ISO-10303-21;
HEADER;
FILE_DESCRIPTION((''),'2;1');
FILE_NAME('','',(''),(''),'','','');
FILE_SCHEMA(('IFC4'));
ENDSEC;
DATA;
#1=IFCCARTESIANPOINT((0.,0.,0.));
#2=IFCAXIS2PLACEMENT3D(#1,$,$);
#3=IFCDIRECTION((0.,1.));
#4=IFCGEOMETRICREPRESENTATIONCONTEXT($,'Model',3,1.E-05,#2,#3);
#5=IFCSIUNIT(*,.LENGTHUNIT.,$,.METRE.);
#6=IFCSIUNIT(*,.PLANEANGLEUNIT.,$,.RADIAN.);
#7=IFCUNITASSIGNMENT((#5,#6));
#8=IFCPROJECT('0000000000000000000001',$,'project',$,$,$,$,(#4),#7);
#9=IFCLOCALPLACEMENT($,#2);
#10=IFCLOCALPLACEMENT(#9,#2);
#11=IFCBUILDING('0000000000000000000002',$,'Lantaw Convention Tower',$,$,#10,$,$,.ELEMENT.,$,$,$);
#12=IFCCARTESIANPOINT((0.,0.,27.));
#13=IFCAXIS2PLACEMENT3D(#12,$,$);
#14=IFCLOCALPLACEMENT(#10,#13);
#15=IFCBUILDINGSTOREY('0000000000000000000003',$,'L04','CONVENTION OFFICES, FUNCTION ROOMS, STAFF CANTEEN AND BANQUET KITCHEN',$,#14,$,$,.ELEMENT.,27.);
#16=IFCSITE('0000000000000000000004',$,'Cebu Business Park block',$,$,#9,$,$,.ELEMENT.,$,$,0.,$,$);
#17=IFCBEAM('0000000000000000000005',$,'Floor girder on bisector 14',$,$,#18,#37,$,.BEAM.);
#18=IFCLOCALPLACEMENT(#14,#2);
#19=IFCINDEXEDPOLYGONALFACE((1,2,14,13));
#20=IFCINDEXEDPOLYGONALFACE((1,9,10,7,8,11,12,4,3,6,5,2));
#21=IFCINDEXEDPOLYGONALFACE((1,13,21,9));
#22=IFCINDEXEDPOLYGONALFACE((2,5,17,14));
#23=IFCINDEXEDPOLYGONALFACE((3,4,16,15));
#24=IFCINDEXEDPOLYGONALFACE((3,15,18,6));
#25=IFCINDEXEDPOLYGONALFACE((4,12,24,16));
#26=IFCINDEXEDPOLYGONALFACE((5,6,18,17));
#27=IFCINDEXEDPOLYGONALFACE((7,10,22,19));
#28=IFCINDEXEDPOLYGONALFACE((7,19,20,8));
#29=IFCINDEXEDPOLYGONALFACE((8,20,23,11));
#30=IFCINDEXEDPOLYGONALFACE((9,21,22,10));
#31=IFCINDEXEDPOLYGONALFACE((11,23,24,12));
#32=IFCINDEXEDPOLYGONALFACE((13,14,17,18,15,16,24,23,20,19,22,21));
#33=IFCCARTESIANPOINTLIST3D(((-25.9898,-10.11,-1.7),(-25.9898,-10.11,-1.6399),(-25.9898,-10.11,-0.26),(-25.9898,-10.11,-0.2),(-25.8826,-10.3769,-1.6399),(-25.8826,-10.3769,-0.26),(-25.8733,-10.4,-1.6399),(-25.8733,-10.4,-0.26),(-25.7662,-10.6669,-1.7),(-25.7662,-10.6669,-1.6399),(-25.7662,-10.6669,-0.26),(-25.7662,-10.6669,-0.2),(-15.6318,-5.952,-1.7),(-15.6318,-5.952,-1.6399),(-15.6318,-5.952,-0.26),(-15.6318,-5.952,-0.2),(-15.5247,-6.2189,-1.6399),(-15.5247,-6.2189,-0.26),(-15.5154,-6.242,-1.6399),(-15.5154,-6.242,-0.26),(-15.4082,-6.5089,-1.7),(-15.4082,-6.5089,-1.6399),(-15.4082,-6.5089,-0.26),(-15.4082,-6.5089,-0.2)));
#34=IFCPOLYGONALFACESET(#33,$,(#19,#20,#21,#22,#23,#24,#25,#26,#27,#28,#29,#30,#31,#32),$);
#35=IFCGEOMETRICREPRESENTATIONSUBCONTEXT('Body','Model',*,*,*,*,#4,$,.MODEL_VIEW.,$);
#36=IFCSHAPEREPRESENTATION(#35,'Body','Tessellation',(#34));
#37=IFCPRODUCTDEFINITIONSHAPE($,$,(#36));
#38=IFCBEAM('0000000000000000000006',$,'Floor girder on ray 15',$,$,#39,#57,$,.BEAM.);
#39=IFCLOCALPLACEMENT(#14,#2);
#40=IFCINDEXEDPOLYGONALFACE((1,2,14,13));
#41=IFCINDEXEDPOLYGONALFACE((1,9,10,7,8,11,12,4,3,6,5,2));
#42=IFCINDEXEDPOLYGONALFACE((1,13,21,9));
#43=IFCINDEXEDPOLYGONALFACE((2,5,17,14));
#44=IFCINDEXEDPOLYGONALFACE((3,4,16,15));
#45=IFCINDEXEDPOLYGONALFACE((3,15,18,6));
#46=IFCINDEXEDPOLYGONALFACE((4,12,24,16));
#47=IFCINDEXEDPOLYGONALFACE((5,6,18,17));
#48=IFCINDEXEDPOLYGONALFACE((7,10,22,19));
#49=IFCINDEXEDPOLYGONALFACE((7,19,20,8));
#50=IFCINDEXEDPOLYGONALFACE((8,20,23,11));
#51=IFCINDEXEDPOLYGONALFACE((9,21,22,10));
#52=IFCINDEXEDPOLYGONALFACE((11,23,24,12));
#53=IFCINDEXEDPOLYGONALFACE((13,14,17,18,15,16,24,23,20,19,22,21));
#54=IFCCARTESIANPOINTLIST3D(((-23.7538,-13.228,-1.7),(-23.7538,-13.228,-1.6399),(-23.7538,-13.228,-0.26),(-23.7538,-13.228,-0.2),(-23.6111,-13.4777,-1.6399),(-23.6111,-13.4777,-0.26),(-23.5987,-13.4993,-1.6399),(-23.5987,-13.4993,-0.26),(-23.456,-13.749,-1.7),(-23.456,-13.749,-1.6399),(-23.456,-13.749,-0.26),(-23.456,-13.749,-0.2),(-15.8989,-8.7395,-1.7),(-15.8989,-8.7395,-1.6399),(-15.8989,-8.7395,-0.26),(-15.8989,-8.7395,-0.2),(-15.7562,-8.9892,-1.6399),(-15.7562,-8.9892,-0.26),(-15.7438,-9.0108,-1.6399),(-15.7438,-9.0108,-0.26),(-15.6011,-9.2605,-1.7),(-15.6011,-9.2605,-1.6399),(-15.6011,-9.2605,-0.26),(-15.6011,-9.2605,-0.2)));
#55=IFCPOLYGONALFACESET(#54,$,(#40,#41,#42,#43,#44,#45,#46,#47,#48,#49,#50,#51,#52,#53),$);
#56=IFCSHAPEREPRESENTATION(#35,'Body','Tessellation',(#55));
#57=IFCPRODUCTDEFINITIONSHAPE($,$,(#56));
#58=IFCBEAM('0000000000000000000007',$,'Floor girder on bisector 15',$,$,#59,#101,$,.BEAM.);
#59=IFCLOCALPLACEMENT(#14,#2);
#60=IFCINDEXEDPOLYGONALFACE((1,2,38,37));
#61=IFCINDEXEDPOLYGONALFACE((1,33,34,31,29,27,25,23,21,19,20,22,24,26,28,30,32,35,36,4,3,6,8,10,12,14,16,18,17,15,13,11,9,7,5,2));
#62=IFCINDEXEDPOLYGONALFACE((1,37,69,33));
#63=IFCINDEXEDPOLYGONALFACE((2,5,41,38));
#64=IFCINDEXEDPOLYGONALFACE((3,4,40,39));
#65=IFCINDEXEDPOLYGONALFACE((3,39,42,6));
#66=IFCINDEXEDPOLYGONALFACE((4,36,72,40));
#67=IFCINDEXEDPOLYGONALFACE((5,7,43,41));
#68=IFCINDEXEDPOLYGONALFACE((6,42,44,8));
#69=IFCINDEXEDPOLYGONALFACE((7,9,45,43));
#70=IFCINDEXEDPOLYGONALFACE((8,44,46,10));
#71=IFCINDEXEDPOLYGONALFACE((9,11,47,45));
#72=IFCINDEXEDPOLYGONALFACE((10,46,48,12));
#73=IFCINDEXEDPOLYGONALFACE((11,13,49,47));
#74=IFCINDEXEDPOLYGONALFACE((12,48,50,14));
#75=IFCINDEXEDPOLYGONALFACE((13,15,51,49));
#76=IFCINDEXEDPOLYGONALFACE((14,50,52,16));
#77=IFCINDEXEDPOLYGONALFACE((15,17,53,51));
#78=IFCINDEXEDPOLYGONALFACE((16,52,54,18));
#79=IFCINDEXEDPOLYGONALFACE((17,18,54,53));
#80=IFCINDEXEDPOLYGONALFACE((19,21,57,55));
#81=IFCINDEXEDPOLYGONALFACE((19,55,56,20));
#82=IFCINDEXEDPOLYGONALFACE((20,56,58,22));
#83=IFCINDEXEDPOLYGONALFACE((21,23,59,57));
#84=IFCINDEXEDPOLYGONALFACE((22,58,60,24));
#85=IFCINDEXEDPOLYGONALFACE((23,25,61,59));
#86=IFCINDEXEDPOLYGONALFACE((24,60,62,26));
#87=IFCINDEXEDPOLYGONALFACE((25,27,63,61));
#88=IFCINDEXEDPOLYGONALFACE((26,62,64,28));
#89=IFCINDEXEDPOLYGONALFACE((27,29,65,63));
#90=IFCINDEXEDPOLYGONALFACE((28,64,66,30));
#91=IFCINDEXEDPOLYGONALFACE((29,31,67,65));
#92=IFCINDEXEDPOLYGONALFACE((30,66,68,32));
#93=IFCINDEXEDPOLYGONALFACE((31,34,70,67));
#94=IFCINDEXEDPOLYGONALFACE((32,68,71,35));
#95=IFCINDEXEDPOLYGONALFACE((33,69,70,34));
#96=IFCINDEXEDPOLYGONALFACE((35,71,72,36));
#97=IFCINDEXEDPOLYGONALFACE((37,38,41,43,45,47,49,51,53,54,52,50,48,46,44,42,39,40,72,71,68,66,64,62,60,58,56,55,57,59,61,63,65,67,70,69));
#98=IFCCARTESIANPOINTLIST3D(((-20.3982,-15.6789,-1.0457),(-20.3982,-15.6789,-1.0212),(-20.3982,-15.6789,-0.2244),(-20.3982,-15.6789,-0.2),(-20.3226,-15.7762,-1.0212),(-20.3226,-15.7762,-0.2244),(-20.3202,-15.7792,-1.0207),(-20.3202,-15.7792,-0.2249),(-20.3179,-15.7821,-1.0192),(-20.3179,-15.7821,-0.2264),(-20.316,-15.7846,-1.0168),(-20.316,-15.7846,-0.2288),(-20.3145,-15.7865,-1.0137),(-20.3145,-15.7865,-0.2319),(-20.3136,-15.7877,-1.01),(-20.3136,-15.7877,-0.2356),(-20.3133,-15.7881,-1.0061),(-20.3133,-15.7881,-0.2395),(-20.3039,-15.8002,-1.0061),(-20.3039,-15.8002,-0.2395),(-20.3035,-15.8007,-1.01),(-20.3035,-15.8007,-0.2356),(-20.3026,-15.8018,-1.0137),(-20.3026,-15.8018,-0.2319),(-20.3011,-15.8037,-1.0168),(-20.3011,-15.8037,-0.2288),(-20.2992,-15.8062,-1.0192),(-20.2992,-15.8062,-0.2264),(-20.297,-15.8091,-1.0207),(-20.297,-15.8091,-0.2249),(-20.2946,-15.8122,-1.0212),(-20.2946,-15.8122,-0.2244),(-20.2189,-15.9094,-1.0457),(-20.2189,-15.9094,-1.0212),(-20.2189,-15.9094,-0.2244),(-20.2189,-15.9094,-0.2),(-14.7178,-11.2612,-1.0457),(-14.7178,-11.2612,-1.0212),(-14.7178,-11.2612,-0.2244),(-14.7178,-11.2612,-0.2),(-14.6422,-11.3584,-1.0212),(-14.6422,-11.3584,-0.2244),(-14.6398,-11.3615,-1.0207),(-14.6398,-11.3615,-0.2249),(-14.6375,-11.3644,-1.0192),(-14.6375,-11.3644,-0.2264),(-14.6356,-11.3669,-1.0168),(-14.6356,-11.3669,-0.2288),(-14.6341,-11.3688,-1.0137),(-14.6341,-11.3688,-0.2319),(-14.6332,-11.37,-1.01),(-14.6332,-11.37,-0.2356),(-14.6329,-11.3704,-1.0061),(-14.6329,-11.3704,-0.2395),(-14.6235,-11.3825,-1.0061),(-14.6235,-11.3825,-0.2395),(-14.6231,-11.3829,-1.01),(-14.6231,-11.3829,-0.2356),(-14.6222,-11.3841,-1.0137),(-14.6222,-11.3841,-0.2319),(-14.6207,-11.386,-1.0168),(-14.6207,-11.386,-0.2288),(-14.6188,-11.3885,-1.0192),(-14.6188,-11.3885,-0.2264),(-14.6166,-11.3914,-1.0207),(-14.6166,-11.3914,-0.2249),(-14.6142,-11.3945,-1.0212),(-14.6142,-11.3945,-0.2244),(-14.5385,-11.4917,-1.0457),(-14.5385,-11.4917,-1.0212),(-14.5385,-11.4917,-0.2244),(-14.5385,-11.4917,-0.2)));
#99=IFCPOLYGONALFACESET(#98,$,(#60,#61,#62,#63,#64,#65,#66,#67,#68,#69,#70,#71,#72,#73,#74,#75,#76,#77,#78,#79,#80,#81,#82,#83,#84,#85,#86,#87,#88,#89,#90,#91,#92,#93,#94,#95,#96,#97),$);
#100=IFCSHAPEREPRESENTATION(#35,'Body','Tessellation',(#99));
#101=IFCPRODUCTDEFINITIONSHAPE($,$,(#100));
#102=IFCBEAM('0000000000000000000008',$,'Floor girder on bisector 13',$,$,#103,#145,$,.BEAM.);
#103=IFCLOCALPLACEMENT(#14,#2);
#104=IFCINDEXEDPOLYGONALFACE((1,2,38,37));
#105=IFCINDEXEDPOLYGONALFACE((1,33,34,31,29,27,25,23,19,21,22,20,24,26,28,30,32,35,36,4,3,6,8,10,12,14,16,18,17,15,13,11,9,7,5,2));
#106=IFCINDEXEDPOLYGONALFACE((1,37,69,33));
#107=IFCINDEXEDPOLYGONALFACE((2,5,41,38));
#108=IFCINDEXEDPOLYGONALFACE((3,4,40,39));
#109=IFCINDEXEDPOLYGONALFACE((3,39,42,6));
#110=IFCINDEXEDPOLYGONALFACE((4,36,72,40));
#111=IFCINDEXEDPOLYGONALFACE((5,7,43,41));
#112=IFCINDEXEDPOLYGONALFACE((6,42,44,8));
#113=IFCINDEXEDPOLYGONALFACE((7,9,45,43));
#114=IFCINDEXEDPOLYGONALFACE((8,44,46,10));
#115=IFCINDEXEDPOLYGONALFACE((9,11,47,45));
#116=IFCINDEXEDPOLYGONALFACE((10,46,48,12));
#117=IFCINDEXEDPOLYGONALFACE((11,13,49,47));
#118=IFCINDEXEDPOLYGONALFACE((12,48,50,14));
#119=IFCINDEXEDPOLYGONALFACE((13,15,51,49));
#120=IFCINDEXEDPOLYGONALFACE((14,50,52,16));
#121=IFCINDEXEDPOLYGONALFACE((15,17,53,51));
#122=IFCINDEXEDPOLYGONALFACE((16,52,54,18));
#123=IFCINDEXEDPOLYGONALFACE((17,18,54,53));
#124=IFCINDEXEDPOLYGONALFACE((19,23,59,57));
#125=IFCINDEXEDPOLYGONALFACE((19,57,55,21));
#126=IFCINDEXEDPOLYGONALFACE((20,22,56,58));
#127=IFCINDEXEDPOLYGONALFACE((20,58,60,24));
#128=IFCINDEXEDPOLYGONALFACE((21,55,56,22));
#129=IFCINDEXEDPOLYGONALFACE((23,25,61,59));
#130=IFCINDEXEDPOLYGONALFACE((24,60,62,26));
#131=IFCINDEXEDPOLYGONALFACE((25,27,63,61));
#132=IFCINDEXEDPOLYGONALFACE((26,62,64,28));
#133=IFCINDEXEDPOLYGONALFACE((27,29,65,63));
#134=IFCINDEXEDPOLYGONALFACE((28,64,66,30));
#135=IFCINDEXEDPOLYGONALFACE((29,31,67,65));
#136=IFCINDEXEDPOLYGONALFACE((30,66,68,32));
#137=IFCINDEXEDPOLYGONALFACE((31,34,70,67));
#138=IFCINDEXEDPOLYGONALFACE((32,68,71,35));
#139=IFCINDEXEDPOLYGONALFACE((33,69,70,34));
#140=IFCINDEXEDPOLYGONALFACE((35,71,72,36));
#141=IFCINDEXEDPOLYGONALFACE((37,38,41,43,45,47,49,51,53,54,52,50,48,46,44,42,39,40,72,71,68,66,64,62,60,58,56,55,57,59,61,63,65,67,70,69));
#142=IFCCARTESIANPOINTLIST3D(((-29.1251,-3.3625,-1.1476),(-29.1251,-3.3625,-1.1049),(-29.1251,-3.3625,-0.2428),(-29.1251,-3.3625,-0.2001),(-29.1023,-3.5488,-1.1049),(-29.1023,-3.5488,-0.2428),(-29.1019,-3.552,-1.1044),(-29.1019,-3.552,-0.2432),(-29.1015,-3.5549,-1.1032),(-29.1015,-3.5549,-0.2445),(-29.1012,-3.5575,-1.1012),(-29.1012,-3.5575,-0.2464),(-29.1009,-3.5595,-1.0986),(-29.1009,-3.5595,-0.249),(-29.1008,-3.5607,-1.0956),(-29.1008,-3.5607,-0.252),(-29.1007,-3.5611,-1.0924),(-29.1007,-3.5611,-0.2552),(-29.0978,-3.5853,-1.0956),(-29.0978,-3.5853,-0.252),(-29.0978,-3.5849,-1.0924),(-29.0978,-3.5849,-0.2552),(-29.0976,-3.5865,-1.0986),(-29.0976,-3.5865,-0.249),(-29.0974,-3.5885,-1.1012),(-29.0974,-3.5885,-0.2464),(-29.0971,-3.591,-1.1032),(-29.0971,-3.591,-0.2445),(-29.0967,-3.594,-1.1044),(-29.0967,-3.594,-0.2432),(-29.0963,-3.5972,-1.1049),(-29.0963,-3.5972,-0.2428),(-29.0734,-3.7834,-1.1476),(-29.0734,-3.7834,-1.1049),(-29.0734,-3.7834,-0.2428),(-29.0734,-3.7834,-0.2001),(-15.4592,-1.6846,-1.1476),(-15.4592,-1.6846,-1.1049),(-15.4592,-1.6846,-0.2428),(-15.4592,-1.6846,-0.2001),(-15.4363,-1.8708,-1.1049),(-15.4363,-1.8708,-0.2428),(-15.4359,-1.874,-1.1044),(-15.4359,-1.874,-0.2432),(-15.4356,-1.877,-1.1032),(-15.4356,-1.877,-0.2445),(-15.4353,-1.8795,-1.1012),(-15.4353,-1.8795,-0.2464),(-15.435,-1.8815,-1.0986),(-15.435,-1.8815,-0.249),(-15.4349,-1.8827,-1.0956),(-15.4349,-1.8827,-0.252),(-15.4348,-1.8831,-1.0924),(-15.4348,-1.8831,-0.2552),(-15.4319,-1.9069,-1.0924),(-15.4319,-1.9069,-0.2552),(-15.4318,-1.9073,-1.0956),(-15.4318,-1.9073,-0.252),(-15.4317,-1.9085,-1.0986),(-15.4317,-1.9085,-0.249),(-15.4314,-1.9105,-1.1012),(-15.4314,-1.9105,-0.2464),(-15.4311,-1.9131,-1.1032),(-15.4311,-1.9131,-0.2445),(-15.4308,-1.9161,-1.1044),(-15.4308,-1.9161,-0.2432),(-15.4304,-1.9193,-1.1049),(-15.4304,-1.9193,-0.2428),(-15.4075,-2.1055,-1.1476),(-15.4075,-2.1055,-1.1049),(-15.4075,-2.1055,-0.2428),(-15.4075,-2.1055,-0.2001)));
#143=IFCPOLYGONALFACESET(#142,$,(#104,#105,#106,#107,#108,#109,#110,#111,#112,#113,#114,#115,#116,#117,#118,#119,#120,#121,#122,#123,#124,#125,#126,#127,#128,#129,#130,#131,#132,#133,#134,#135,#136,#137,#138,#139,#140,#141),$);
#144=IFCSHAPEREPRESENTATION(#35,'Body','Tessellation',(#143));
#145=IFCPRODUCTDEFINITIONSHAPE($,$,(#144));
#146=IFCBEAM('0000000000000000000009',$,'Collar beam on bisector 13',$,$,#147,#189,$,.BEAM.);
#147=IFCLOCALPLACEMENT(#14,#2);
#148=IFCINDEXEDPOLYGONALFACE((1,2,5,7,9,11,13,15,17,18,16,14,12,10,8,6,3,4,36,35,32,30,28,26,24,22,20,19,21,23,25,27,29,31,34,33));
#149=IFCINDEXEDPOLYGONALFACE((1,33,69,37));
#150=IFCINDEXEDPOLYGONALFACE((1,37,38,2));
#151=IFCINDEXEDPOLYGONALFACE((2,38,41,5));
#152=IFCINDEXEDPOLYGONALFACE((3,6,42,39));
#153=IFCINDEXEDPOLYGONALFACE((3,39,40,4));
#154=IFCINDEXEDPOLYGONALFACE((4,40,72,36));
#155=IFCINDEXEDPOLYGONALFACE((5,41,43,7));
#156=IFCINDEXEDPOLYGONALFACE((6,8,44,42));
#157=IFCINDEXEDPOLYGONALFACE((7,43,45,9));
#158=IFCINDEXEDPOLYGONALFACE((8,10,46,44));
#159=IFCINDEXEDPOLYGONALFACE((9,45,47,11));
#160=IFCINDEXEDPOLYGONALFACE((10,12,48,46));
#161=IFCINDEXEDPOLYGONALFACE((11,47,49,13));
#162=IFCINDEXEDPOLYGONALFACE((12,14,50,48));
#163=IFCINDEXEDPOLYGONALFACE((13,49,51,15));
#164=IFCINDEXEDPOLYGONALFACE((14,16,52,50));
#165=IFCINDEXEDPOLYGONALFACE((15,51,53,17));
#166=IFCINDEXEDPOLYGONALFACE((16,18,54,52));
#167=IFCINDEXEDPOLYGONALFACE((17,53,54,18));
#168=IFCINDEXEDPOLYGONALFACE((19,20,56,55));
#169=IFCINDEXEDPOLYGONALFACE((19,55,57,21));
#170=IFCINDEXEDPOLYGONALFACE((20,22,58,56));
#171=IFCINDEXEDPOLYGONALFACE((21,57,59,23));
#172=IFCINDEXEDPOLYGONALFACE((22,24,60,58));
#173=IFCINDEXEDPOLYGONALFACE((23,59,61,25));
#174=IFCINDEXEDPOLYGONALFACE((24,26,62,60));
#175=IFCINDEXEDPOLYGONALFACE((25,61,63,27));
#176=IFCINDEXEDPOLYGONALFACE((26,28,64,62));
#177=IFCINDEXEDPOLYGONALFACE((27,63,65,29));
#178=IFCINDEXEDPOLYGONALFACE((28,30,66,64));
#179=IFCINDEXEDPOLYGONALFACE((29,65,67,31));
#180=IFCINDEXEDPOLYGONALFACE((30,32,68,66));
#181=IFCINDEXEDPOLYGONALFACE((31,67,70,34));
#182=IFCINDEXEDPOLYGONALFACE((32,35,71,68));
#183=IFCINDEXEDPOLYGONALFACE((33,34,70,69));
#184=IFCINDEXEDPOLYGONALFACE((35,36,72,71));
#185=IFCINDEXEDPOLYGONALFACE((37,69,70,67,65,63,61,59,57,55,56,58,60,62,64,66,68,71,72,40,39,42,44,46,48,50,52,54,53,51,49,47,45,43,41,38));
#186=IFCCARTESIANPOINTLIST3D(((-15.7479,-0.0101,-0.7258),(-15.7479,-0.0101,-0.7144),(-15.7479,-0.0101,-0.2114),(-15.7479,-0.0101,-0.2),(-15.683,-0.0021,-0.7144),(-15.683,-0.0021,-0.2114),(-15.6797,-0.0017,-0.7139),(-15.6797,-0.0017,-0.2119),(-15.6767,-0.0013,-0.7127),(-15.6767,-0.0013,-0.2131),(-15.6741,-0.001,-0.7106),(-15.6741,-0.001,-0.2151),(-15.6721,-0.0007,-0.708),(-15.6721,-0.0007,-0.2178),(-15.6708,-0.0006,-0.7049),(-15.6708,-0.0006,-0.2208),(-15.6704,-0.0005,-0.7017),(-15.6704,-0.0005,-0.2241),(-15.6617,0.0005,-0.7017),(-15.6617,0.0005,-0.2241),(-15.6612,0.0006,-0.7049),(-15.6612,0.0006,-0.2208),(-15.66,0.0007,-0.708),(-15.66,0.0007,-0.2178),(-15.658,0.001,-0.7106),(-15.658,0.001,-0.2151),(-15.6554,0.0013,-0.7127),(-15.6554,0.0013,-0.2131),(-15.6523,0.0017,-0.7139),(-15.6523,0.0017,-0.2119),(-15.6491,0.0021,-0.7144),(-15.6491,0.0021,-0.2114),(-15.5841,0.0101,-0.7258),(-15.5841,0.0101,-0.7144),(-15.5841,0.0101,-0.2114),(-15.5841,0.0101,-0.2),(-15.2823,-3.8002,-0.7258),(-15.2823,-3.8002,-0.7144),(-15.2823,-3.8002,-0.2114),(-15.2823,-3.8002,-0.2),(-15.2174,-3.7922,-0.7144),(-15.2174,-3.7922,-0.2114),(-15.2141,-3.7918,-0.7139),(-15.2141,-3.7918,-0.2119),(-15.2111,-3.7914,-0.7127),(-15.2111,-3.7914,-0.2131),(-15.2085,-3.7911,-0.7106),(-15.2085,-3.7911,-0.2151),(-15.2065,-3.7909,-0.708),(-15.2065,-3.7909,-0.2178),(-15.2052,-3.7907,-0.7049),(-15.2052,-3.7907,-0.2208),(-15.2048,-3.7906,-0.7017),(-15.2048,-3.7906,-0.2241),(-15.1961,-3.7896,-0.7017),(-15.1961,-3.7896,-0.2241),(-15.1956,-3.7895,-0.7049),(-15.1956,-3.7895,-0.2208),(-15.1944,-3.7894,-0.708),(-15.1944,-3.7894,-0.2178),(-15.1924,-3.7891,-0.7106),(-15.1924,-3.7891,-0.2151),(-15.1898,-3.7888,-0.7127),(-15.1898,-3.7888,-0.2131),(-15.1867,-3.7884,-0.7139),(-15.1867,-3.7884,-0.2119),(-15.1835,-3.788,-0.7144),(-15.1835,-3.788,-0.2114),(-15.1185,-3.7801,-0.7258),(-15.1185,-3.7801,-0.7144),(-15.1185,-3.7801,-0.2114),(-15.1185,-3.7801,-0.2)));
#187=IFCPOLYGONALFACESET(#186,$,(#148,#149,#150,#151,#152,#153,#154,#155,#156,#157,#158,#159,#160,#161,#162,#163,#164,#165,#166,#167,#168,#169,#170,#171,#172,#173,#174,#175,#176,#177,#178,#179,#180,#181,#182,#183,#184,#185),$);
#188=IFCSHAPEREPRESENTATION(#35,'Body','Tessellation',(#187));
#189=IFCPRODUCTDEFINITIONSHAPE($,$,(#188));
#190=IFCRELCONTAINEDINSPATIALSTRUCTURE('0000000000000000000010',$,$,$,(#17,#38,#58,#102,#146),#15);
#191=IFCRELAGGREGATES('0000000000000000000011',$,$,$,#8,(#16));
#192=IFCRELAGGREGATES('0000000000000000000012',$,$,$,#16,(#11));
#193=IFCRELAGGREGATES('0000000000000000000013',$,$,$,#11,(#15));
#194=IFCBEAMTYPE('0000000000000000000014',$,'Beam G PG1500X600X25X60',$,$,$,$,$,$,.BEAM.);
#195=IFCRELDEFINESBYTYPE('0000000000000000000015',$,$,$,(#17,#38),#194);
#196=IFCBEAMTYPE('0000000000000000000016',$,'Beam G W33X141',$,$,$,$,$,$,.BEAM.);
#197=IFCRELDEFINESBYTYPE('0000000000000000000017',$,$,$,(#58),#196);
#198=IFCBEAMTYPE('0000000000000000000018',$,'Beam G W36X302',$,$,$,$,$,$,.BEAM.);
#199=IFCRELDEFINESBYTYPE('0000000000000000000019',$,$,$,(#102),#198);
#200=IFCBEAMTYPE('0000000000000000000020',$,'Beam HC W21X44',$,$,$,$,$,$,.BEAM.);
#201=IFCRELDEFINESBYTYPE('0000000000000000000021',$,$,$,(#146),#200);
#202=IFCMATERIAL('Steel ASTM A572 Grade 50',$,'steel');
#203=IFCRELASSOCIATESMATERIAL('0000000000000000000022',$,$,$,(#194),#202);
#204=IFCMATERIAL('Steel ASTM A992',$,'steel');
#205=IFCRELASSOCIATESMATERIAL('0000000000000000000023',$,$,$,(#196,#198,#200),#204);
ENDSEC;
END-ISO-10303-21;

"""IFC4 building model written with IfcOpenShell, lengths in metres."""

from ifc_helpers import new_model, si_unit, direction, frame, origin, origin_2d, place, context, subcontext, project, spatial, i_section, extrude, material, material_profile, profile_set, type_object, element, save


model = new_model("IFC4")

# Units and contexts
model_context = context("Model", 3, precision=1e-05, world=origin(), true_north=direction((0.0, 1.0)))
body_context = subcontext(model_context, "Body", "Model", "MODEL_VIEW")
ifc_project = project(units=[si_unit("LENGTHUNIT", "METRE"), si_unit("PLANEANGLEUNIT", "RADIAN")], contexts=[model_context])

# Site, building, storey
site_placement = place(None, origin())
site = spatial("IfcSite", under=ifc_project, at=site_placement, Name="Cebu Business Park block", CompositionType="ELEMENT", RefElevation=0.0)
building_placement = place(site_placement, origin())
building = spatial("IfcBuilding", under=site, at=building_placement, Name="Lantaw Convention Tower", CompositionType="ELEMENT")
storey_placement = place(building_placement, frame((0.0, 0.0, 27.0)))
storey = spatial("IfcBuildingStorey", under=building, at=storey_placement, Name="L04", Description="CONVENTION OFFICES, FUNCTION ROOMS, STAFF CANTEEN AND BANQUET KITCHEN", CompositionType="ELEMENT", Elevation=27.0)

# Shared definitions
ifc_material_1 = material(Name="Steel ASTM A572 Grade 50", Category="steel")

# Beams
ifc_material_2 = material(Name="Steel ASTM A992", Category="steel")
ifc_material_profile_1 = material_profile(ifc_material_1, i_section(OverallWidth=0.6001, OverallDepth=1.5, WebThickness=0.0249, FlangeThickness=0.0601, at=origin_2d()), Name="PG1500X600X25X60")
ifc_profile_set_1 = profile_set([ifc_material_profile_1], Name="Steel ASTM A572 Grade 50")
beam_type_1 = type_object("IfcBeamType", Name="Beam G PG1500X600X25X60", PredefinedType="BEAM", material=ifc_profile_set_1)
beam_1_placement = place(storey_placement, frame((-15.52, -6.2305, -0.95), z_axis=(-0.928019, -0.372533, 0.0), x_axis=(0.372533, -0.928019, 0.0)))
element("IfcBeam", 1, at=beam_1_placement, inside=storey, type_object=beam_type_1, Name="Floor girder on bisector 14", PredefinedType="BEAM", context=body_context, shape_type="SweptSolid", body=[
    extrude(i_section(OverallWidth=0.6001, OverallDepth=1.5, WebThickness=0.0249, FlangeThickness=0.0601, at=origin_2d()), origin(), (0.0, 0.0, 1.0), 11.1614),
])
beam_2_placement = place(storey_placement, frame((-15.75, -9.0, -0.95), z_axis=(-0.868245, -0.496136, 0.0), x_axis=(0.496136, -0.868245, 0.0)))
element("IfcBeam", 2, at=beam_2_placement, inside=storey, type_object=beam_type_1, Name="Floor girder on ray 15", PredefinedType="BEAM", context=body_context, shape_type="SweptSolid", body=[
    extrude(i_section(OverallWidth=0.6001, OverallDepth=1.5, WebThickness=0.0249, FlangeThickness=0.0601, at=origin_2d()), origin(), (0.0, 0.0, 1.0), 9.0469),
])
ifc_material_profile_2 = material_profile(ifc_material_2, i_section(OverallWidth=0.292, OverallDepth=0.8457, WebThickness=0.0154, FlangeThickness=0.0244, FilletRadius=0.0151, at=origin_2d()), Name="W33X141")
ifc_profile_set_2 = profile_set([ifc_material_profile_2], Name="Steel ASTM A992")
beam_type_2 = type_object("IfcBeamType", Name="Beam G W33X141", PredefinedType="BEAM", material=ifc_profile_set_2)
beam_3_placement = place(storey_placement, frame((-14.6282, -11.3765, -0.6228), z_axis=(-0.789378, -0.613908, 0.0), x_axis=(0.613908, -0.789378, 0.0)))
element("IfcBeam", 3, at=beam_3_placement, inside=storey, type_object=beam_type_2, Name="Floor girder on bisector 15", PredefinedType="BEAM", context=body_context, shape_type="SweptSolid", body=[
    extrude(i_section(OverallWidth=0.292, OverallDepth=0.8457, WebThickness=0.0154, FlangeThickness=0.0244, FilletRadius=0.0151, at=origin_2d()), origin(), (0.0, 0.0, 1.0), 7.196),
])
ifc_material_profile_3 = material_profile(ifc_material_2, i_section(OverallWidth=0.4241, OverallDepth=0.9475, WebThickness=0.0239, FlangeThickness=0.0427, FilletRadius=0.0125, at=origin_2d()), Name="W36X302")
ifc_profile_set_3 = profile_set([ifc_material_profile_3], Name="Steel ASTM A992")
beam_type_3 = type_object("IfcBeamType", Name="Beam G W36X302", PredefinedType="BEAM", material=ifc_profile_set_3)
beam_4_placement = place(storey_placement, frame((-15.4333, -1.895, -0.6738), z_axis=(-0.992546, -0.12187, 0.0), x_axis=(0.12187, -0.992546, 0.0)))
element("IfcBeam", 4, at=beam_4_placement, inside=storey, type_object=beam_type_3, Name="Floor girder on bisector 13", PredefinedType="BEAM", context=body_context, shape_type="SweptSolid", body=[
    extrude(i_section(OverallWidth=0.4241, OverallDepth=0.9475, WebThickness=0.0239, FlangeThickness=0.0427, FilletRadius=0.0125, at=origin_2d()), origin(), (0.0, 0.0, 1.0), 13.7686),
])
ifc_material_profile_4 = material_profile(ifc_material_2, i_section(OverallWidth=0.165, OverallDepth=0.5259, WebThickness=0.0088, FlangeThickness=0.0115, FilletRadius=0.0127, at=origin_2d()), Name="W21X44")
ifc_profile_set_4 = profile_set([ifc_material_profile_4], Name="Steel ASTM A992")
beam_type_4 = type_object("IfcBeamType", Name="Beam HC W21X44", PredefinedType="BEAM", material=ifc_profile_set_4)
beam_5_placement = place(storey_placement, frame((-15.666, 0.0, -0.4629), z_axis=(0.121926, -0.992539, 0.0), x_axis=(0.992539, 0.121926, 0.0)))
element("IfcBeam", 5, at=beam_5_placement, inside=storey, type_object=beam_type_4, Name="Collar beam on bisector 13", PredefinedType="BEAM", context=body_context, shape_type="SweptSolid", body=[
    extrude(i_section(OverallWidth=0.165, OverallDepth=0.5259, WebThickness=0.0088, FlangeThickness=0.0115, FilletRadius=0.0127, at=origin_2d()), origin(), (0.0, 0.0, 1.0), 3.8186),
])

save(model, "model.ifc")
